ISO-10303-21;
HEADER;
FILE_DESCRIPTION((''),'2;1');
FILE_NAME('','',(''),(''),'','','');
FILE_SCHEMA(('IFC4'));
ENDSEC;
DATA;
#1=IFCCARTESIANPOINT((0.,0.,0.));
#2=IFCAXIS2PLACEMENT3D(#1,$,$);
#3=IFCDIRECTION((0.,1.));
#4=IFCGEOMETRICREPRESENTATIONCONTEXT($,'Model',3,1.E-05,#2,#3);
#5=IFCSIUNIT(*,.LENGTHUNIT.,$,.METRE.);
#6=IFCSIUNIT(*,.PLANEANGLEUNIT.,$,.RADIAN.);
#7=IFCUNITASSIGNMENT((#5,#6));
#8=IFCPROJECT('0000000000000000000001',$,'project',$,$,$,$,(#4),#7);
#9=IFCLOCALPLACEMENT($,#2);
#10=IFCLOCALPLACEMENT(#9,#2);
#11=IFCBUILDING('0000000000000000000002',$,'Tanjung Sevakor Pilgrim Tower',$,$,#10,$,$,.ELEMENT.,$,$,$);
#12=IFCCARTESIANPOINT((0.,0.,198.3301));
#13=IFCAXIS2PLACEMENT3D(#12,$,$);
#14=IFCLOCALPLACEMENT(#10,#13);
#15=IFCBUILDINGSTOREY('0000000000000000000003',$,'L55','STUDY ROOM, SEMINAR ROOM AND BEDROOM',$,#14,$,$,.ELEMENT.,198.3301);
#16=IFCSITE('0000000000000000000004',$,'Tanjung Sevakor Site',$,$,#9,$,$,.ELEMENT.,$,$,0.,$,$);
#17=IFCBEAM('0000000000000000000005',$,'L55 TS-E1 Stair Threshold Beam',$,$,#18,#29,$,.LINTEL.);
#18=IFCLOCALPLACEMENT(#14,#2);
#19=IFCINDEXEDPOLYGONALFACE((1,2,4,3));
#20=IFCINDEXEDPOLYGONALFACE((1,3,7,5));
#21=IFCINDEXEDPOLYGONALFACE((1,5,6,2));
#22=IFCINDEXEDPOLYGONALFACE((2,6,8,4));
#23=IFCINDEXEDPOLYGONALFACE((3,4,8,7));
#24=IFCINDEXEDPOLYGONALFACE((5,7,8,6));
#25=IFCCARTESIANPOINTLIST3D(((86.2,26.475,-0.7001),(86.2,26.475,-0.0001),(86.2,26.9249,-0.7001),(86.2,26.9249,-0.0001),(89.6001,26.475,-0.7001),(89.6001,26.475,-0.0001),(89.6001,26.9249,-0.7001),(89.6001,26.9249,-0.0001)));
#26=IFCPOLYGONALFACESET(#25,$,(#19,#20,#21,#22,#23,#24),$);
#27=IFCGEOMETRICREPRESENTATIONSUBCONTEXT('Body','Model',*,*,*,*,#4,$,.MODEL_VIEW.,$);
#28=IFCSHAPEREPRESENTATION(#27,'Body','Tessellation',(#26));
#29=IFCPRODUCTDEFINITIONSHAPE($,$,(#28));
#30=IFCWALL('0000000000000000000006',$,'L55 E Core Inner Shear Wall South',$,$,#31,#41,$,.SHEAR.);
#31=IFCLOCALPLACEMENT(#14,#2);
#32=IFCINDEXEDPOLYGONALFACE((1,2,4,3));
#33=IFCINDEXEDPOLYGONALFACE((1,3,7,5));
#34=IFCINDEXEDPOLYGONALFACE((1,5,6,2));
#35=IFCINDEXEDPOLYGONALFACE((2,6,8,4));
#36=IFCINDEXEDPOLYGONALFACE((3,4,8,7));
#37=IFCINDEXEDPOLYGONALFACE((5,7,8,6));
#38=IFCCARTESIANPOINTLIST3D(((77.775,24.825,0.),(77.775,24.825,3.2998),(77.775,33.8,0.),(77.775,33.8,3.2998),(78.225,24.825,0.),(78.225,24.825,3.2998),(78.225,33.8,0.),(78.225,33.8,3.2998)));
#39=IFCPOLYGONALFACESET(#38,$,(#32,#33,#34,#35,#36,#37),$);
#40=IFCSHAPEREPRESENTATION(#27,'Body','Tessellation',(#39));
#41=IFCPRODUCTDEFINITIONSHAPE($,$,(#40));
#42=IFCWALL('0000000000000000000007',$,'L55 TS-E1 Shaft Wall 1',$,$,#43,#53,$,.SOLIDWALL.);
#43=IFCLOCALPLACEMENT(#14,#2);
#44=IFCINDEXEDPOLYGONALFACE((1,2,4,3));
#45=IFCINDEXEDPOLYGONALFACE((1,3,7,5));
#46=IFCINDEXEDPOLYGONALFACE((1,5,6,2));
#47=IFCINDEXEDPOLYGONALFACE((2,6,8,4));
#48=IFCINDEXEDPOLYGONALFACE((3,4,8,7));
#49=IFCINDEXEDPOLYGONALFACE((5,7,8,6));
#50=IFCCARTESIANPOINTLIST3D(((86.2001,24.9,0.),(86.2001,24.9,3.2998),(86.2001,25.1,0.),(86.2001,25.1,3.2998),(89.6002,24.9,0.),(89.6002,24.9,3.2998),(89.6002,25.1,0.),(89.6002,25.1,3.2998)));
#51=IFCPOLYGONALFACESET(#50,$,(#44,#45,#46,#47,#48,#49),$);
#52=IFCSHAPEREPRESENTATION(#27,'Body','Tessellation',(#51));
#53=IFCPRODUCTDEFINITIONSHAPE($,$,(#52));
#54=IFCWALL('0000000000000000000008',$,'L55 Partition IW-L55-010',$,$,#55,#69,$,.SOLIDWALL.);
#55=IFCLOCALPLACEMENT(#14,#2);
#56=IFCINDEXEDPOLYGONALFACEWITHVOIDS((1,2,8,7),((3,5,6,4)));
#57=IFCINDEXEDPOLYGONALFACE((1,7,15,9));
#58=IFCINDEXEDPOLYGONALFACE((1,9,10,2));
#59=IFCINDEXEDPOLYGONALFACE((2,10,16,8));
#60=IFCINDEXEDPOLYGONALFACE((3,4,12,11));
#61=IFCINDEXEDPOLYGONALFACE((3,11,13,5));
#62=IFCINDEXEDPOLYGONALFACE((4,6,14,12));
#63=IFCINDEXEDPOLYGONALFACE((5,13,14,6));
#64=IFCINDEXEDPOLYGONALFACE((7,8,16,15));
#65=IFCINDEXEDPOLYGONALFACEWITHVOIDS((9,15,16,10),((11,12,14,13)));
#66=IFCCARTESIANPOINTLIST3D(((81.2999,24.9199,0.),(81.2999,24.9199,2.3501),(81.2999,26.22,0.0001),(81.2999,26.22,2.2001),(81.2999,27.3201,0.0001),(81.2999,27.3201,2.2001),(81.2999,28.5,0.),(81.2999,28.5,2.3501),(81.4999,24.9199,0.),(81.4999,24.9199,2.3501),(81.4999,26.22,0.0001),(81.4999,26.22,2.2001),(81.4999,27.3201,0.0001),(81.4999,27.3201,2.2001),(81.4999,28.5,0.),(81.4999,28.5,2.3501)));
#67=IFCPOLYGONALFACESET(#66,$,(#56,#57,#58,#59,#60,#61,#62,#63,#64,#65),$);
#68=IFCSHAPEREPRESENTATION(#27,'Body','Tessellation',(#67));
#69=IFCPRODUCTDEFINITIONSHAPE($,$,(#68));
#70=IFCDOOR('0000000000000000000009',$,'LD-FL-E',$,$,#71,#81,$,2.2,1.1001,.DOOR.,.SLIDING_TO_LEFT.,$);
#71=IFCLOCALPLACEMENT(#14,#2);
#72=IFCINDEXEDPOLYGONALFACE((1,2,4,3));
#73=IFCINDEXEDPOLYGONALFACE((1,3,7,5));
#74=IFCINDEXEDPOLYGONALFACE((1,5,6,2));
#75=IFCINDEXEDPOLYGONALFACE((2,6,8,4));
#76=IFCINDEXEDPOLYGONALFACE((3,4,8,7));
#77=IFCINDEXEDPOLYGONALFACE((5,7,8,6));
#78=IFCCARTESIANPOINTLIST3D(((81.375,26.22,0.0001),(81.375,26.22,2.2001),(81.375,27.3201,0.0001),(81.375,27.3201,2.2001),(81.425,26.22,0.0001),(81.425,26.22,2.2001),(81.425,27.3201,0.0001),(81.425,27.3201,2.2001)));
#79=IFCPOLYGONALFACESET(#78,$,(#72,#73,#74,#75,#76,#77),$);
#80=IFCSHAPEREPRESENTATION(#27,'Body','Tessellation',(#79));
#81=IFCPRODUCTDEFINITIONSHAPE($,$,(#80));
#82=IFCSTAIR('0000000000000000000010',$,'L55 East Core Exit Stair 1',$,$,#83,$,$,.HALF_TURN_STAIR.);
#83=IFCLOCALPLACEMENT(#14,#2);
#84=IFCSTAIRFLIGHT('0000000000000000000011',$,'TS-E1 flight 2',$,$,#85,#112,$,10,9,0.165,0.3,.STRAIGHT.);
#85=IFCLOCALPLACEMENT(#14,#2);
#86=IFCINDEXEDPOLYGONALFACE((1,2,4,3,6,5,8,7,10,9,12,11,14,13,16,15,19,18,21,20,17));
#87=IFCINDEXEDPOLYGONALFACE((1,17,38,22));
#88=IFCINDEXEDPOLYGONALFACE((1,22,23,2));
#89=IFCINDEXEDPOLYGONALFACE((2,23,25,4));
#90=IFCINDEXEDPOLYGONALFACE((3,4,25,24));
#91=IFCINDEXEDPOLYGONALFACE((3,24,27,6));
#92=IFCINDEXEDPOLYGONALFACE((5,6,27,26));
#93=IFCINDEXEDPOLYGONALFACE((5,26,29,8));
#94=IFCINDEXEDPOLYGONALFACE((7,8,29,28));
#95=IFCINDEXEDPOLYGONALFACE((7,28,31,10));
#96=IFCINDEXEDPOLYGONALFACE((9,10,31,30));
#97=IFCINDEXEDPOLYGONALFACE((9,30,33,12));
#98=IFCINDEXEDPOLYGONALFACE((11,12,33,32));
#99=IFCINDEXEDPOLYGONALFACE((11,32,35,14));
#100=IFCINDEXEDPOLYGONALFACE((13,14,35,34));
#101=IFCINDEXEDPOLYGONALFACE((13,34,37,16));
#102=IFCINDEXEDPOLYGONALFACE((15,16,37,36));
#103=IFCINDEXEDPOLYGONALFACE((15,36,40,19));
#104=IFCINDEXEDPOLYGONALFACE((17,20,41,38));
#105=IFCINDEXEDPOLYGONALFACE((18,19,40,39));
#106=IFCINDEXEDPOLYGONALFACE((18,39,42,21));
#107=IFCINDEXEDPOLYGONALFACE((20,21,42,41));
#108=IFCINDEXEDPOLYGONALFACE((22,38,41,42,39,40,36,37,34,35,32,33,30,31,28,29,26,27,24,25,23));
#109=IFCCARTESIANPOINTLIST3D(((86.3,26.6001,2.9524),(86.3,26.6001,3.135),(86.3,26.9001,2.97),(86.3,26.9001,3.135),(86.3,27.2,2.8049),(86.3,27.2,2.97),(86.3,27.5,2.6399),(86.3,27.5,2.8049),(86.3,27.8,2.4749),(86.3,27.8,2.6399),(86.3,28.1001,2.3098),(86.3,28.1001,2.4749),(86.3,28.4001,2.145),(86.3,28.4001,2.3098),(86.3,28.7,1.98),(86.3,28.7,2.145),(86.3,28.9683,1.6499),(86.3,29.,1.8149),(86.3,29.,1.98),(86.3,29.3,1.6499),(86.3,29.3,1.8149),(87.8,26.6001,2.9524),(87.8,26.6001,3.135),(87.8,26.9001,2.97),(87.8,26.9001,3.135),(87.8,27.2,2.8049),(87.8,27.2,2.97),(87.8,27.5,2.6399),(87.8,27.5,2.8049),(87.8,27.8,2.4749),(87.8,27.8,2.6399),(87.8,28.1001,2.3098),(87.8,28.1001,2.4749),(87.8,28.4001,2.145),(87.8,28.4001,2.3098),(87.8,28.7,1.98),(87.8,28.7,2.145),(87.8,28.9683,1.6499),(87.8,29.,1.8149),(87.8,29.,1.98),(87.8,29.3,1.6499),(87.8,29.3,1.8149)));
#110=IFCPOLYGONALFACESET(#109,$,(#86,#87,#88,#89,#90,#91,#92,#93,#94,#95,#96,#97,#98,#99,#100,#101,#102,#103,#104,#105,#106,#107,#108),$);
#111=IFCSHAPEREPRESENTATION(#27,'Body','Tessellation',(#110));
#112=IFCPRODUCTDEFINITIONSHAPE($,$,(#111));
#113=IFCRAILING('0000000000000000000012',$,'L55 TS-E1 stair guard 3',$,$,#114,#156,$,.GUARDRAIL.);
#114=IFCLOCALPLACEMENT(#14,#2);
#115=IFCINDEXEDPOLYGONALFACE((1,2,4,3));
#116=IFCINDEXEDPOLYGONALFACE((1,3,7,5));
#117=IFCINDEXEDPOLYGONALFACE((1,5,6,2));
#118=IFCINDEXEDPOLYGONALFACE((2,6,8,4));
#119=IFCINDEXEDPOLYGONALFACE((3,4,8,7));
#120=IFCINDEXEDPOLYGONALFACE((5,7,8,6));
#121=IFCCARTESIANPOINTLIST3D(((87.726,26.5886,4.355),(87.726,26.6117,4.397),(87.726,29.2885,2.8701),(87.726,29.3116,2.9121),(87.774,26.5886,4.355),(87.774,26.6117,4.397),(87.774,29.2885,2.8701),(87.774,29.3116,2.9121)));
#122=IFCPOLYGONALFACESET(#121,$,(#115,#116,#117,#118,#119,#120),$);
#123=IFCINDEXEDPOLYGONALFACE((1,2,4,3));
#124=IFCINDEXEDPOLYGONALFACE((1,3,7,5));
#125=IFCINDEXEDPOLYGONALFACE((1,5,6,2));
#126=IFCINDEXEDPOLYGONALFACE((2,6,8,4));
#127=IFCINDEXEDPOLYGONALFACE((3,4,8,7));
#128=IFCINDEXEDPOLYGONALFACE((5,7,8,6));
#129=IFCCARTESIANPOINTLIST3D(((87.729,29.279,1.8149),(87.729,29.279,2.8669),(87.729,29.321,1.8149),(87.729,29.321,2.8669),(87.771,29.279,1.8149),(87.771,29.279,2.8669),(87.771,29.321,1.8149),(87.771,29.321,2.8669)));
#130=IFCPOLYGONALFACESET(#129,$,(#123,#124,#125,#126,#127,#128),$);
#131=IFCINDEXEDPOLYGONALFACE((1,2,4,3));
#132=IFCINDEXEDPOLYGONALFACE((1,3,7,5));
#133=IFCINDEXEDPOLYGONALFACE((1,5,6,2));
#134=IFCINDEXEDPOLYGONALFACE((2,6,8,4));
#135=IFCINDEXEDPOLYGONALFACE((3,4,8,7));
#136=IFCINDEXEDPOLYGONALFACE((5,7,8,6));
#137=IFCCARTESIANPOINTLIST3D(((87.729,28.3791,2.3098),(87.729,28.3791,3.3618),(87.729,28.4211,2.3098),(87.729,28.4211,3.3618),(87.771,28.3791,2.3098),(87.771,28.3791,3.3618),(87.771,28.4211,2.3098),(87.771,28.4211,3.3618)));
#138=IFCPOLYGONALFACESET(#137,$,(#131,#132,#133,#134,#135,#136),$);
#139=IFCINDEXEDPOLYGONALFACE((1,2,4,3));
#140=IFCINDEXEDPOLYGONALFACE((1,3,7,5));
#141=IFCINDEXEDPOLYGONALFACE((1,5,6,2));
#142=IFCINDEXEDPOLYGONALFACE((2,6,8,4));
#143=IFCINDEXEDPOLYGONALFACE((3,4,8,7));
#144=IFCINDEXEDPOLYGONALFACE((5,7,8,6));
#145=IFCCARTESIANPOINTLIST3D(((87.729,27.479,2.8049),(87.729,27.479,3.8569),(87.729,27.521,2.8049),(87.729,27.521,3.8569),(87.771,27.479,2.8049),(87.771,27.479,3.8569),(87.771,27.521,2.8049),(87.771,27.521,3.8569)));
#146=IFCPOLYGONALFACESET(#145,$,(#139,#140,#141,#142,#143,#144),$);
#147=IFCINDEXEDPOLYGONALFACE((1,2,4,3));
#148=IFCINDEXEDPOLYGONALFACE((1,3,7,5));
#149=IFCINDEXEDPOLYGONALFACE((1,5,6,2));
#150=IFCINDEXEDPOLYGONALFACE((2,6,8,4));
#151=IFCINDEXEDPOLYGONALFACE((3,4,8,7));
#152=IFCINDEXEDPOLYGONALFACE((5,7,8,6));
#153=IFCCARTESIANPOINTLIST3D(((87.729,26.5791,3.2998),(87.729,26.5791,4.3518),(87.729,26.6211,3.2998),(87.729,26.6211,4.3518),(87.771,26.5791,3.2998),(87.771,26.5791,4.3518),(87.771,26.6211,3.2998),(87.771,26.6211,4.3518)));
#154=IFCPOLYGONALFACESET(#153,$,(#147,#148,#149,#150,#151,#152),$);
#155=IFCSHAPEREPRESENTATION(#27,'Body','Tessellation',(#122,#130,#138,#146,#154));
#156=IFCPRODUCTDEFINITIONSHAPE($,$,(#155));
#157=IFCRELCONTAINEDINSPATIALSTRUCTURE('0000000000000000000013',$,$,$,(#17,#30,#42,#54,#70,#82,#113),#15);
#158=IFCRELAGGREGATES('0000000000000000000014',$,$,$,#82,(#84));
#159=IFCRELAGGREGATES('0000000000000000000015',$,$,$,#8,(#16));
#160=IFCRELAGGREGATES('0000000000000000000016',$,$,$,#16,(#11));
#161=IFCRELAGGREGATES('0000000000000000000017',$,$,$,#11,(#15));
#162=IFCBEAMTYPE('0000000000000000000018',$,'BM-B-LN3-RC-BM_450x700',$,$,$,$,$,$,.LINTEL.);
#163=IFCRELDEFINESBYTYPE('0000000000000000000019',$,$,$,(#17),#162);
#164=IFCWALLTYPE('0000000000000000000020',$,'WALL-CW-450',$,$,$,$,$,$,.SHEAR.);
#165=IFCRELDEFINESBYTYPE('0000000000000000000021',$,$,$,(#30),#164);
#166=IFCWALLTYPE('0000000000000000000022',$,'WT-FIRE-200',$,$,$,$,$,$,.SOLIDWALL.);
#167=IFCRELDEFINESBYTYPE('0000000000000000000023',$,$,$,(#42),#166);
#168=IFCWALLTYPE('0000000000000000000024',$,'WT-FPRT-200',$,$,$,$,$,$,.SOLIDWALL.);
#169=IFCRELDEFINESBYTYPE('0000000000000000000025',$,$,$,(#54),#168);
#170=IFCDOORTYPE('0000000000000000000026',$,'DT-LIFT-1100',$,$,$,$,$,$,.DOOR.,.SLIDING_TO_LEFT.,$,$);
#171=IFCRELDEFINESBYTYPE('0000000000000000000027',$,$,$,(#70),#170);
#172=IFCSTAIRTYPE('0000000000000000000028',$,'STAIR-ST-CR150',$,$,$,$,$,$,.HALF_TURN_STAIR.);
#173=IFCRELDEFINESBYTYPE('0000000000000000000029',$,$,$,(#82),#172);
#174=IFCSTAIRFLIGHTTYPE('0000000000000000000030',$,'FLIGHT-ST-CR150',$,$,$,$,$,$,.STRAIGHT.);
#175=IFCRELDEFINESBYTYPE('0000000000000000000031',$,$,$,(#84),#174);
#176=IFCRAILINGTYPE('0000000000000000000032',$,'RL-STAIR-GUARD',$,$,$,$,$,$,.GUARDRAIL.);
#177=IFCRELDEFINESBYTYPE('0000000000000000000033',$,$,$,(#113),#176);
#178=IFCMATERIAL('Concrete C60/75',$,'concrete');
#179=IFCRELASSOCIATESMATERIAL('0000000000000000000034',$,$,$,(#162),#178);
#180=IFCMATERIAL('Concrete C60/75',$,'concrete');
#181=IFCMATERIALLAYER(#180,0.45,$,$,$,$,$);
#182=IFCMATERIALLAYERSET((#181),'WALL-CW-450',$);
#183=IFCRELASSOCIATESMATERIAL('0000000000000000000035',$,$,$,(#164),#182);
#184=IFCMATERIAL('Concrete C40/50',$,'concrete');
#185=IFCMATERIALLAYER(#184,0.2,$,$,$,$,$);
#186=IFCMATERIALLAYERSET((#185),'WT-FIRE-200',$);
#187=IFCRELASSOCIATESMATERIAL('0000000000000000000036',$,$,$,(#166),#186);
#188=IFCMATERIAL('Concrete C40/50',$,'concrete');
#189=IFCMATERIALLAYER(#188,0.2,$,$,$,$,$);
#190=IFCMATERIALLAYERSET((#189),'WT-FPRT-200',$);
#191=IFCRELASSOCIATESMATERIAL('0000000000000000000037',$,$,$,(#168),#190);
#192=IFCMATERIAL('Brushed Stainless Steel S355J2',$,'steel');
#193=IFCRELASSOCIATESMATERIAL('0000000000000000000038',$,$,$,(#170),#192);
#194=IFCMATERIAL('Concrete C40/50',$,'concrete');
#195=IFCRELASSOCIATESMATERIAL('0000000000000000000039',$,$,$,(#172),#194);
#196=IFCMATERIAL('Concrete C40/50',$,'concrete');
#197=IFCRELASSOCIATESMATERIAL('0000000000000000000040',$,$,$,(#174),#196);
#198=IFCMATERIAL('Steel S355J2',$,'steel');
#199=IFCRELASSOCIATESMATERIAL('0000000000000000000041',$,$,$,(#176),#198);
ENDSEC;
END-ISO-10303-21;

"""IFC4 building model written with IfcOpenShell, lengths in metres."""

from ifc_helpers import new_model, si_unit, direction, frame, frame_2d, origin, origin_2d, place, context, subcontext, project, spatial, polyline, rectangle, outline, extrude, material, layer, layer_set, material_profile, profile_set, type_object, element, fill, aggregate, save


model = new_model("IFC4")

# Units and contexts
model_context = context("Model", 3, precision=1e-05, world=origin(), true_north=direction((0.0, 1.0)))
body_context = subcontext(model_context, "Body", "Model", "MODEL_VIEW")
ifc_project = project(units=[si_unit("LENGTHUNIT", "METRE"), si_unit("PLANEANGLEUNIT", "RADIAN")], contexts=[model_context])

# Site, building, storey
site_placement = place(None, origin())
site = spatial("IfcSite", under=ifc_project, at=site_placement, Name="Tanjung Sevakor Site", CompositionType="ELEMENT", RefElevation=0.0)
building_placement = place(site_placement, origin())
building = spatial("IfcBuilding", under=site, at=building_placement, Name="Tanjung Sevakor Pilgrim Tower", CompositionType="ELEMENT")
storey_placement = place(building_placement, frame((0.0, 0.0, 198.3301)))
storey = spatial("IfcBuildingStorey", under=building, at=storey_placement, Name="L55", Description="STUDY ROOM, SEMINAR ROOM AND BEDROOM", CompositionType="ELEMENT", Elevation=198.3301)

# Beam
ifc_material_1 = material(Name="Concrete C60/75", Category="concrete")
ifc_material_profile = material_profile(ifc_material_1, rectangle(XDim=0.45, YDim=0.7, at=origin_2d()))
ifc_profile_set = profile_set([ifc_material_profile], Name="Concrete C60/75")
beam_type = type_object("IfcBeamType", Name="BM-B-LN3-RC-BM_450x700", PredefinedType="LINTEL", material=ifc_profile_set)
beam_placement = place(storey_placement, frame((86.2, 26.7, -0.3501), z_axis=(1.0, 0.0, 0.0), x_axis=(0.0, 1.0, 0.0)))
element("IfcBeam", 1, at=beam_placement, inside=storey, type_object=beam_type, Name="L55 TS-E1 Stair Threshold Beam", PredefinedType="LINTEL", context=body_context, shape_type="SweptSolid", body=[
    extrude(rectangle(XDim=0.45, YDim=0.7, at=origin_2d()), origin(), (0.0, 0.0, 1.0), 3.4001),
])

# Wall
ifc_material_2 = material(Name="Concrete C60/75", Category="concrete")
ifc_layer_1 = layer(ifc_material_2, 0.45)
ifc_layer_set_1 = layer_set([ifc_layer_1], Name="WALL-CW-450")
wall_type_1 = type_object("IfcWallType", Name="WALL-CW-450", PredefinedType="SHEAR", material=ifc_layer_set_1)
wall_1_placement = place(storey_placement, frame((78.0, 24.825, 0.0), z_axis=(0.0, 0.0, 1.0), x_axis=(0.0, 1.0, 0.0)))
element("IfcWall", 2, at=wall_1_placement, inside=storey, type_object=wall_type_1, Name="L55 E Core Inner Shear Wall South", PredefinedType="SHEAR", context=body_context, shape_type="SweptSolid", body=[
    extrude(rectangle(XDim=8.9751, YDim=0.45, at=frame_2d((4.4875, 0.0))), origin(), (0.0, 0.0, 1.0), 3.2998),
])

# Wall
ifc_material_3 = material(Name="Concrete C40/50", Category="concrete")
ifc_layer_2 = layer(ifc_material_3, 0.2)
ifc_layer_set_2 = layer_set([ifc_layer_2], Name="WT-FIRE-200")
wall_type_2 = type_object("IfcWallType", Name="WT-FIRE-200", PredefinedType="SOLIDWALL", material=ifc_layer_set_2)
wall_2_placement = place(storey_placement, frame((86.2, 25.0, 0.0), z_axis=(0.0, 0.0, 1.0), x_axis=(1.0, 0.0, 0.0)))
element("IfcWall", 3, at=wall_2_placement, inside=storey, type_object=wall_type_2, Name="L55 TS-E1 Shaft Wall 1", PredefinedType="SOLIDWALL", context=body_context, shape_type="SweptSolid", body=[
    extrude(rectangle(XDim=3.4001, YDim=0.2, at=frame_2d((1.7002, 0.0))), origin(), (0.0, 0.0, 1.0), 3.2998),
])

# Wall, opening, door
ifc_material_4 = material(Name="Concrete C40/50", Category="concrete")
ifc_layer_3 = layer(ifc_material_4, 0.2)
ifc_layer_set_3 = layer_set([ifc_layer_3], Name="WT-FPRT-200")
wall_type_3 = type_object("IfcWallType", Name="WT-FPRT-200", PredefinedType="SOLIDWALL", material=ifc_layer_set_3)
wall_3_placement = place(storey_placement, frame((81.3999, 24.9199, 0.0), z_axis=(0.0, 0.0, 1.0), x_axis=(0.0, 1.0, 0.0)))
wall_3 = element("IfcWall", 4, at=wall_3_placement, inside=storey, type_object=wall_type_3, Name="L55 Partition IW-L55-010", PredefinedType="SOLIDWALL", context=body_context, shape_type="SweptSolid", body=[
    extrude(rectangle(XDim=3.5801, YDim=0.2, at=frame_2d((1.79, 0.0))), origin(), (0.0, 0.0, 1.0), 2.3501),
])
opening_1_placement = place(wall_3_placement, frame((1.3, 0.0, 0.0)))
opening_1 = element("IfcOpeningElement", 5, at=opening_1_placement, cuts=wall_3, PredefinedType="OPENING", context=body_context, shape_type="SweptSolid", body=[
    extrude(rectangle(XDim=1.1001, YDim=2.2, at=frame_2d((0.55, 1.1001))), frame((0.0, 0.1099, 0.0), z_axis=(0.0, -1.0, 0.0), x_axis=(1.0, 0.0, 0.0)), (0.0, 0.0, 1.0), 0.22),
])
ifc_material_5 = material(Name="Brushed Stainless Steel S355J2", Category="steel")
door_type_1 = type_object("IfcDoorType", Name="DT-LIFT-1100", OperationType="SLIDING_TO_LEFT", PredefinedType="DOOR", material=ifc_material_5)
door_1_placement = place(opening_1_placement, origin())
door_1 = element("IfcDoor", 6, at=door_1_placement, inside=storey, type_object=door_type_1, Name="LD-FL-E", OperationType="SLIDING_TO_LEFT", OverallHeight=2.2, OverallWidth=1.1001, PredefinedType="DOOR", context=body_context, shape_type="SweptSolid", body=[
    extrude(rectangle(XDim=1.1001, YDim=2.2, at=frame_2d((0.55, 1.1001))), frame((0.0, 0.0249, 0.0), z_axis=(0.0, -1.0, 0.0), x_axis=(1.0, 0.0, 0.0)), (0.0, 0.0, 1.0), 0.05),
])
fill(opening_1, door_1)

# Stair, stair flight
ifc_material_6 = material(Name="Concrete C40/50", Category="concrete")
stair_type = type_object("IfcStairType", Name="STAIR-ST-CR150", PredefinedType="HALF_TURN_STAIR", material=ifc_material_6)
stair_placement = place(storey_placement, origin())
stair = element("IfcStair", 7, at=stair_placement, inside=storey, type_object=stair_type, Name="L55 East Core Exit Stair 1", PredefinedType="HALF_TURN_STAIR")
ifc_material_7 = material(Name="Concrete C40/50", Category="concrete")
stair_flight_type = type_object("IfcStairFlightType", Name="FLIGHT-ST-CR150", PredefinedType="STRAIGHT", material=ifc_material_7)
stair_flight_placement = place(storey_placement, frame((87.05, 29.3, 1.6499), z_axis=(0.0, 0.0, 1.0), x_axis=(0.0, -1.0, 0.0)))
stair_flight = element("IfcStairFlight", 8, at=stair_flight_placement, type_object=stair_flight_type, Name="TS-E1 flight 2", NumberOfRisers=10, NumberOfTreads=9, PredefinedType="STRAIGHT", RiserHeight=0.165, TreadLength=0.3, context=body_context, shape_type="SweptSolid", body=[
    extrude(outline(polyline([(0.0, 0.0), (0.0, 0.165), (0.3, 0.165), (0.3, 0.3301), (0.6001, 0.3301), (0.6001, 0.4951), (0.8999, 0.4951), (0.8999, 0.6599), (1.2, 0.6599), (1.2, 0.825), (1.5, 0.825), (1.5, 0.99), (1.8, 0.99), (1.8, 1.155), (2.1001, 1.155), (2.1001, 1.3201), (2.3999, 1.3201), (2.3999, 1.4851), (2.7, 1.4851), (2.7, 1.6499), (2.7, 1.3025), (0.3318, 0.0), (0.0, 0.0)])), frame((0.0, 0.75, 0.0), z_axis=(0.0, -1.0, 0.0), x_axis=(1.0, 0.0, 0.0)), (0.0, 0.0, 1.0), 1.5),
])
aggregate(stair, [stair_flight])

# Railing
ifc_material_8 = material(Name="Steel S355J2", Category="steel")
railing_type_1 = type_object("IfcRailingType", Name="RL-STAIR-GUARD", PredefinedType="GUARDRAIL", material=ifc_material_8)
railing_1_placement = place(storey_placement, frame((87.75, 29.3, 1.8149)))
element("IfcRailing", 9, at=railing_1_placement, inside=storey, type_object=railing_type_1, Name="L55 TS-E1 stair guard 3", PredefinedType="GUARDRAIL", context=body_context, shape_type="SweptSolid", body=[
    extrude(rectangle(XDim=0.0479, YDim=0.0479), frame((0.0, 0.0, 1.0762), z_axis=(0.0, -0.876231, 0.481891), x_axis=(1.0, 0.0, 0.0)), (0.0, 0.0, 1.0), 3.0813),
    extrude(rectangle(XDim=0.042, YDim=0.042), origin(), (0.0, 0.0, 1.0), 1.052),
    extrude(rectangle(XDim=0.042, YDim=0.042), frame((0.0, -0.8999, 0.4949)), (0.0, 0.0, 1.0), 1.052),
    extrude(rectangle(XDim=0.042, YDim=0.042), frame((0.0, -1.8, 0.99)), (0.0, 0.0, 1.0), 1.052),
    extrude(rectangle(XDim=0.042, YDim=0.042), frame((0.0, -2.7, 1.4849)), (0.0, 0.0, 1.0), 1.052),
])

save(model, "model.ifc")
